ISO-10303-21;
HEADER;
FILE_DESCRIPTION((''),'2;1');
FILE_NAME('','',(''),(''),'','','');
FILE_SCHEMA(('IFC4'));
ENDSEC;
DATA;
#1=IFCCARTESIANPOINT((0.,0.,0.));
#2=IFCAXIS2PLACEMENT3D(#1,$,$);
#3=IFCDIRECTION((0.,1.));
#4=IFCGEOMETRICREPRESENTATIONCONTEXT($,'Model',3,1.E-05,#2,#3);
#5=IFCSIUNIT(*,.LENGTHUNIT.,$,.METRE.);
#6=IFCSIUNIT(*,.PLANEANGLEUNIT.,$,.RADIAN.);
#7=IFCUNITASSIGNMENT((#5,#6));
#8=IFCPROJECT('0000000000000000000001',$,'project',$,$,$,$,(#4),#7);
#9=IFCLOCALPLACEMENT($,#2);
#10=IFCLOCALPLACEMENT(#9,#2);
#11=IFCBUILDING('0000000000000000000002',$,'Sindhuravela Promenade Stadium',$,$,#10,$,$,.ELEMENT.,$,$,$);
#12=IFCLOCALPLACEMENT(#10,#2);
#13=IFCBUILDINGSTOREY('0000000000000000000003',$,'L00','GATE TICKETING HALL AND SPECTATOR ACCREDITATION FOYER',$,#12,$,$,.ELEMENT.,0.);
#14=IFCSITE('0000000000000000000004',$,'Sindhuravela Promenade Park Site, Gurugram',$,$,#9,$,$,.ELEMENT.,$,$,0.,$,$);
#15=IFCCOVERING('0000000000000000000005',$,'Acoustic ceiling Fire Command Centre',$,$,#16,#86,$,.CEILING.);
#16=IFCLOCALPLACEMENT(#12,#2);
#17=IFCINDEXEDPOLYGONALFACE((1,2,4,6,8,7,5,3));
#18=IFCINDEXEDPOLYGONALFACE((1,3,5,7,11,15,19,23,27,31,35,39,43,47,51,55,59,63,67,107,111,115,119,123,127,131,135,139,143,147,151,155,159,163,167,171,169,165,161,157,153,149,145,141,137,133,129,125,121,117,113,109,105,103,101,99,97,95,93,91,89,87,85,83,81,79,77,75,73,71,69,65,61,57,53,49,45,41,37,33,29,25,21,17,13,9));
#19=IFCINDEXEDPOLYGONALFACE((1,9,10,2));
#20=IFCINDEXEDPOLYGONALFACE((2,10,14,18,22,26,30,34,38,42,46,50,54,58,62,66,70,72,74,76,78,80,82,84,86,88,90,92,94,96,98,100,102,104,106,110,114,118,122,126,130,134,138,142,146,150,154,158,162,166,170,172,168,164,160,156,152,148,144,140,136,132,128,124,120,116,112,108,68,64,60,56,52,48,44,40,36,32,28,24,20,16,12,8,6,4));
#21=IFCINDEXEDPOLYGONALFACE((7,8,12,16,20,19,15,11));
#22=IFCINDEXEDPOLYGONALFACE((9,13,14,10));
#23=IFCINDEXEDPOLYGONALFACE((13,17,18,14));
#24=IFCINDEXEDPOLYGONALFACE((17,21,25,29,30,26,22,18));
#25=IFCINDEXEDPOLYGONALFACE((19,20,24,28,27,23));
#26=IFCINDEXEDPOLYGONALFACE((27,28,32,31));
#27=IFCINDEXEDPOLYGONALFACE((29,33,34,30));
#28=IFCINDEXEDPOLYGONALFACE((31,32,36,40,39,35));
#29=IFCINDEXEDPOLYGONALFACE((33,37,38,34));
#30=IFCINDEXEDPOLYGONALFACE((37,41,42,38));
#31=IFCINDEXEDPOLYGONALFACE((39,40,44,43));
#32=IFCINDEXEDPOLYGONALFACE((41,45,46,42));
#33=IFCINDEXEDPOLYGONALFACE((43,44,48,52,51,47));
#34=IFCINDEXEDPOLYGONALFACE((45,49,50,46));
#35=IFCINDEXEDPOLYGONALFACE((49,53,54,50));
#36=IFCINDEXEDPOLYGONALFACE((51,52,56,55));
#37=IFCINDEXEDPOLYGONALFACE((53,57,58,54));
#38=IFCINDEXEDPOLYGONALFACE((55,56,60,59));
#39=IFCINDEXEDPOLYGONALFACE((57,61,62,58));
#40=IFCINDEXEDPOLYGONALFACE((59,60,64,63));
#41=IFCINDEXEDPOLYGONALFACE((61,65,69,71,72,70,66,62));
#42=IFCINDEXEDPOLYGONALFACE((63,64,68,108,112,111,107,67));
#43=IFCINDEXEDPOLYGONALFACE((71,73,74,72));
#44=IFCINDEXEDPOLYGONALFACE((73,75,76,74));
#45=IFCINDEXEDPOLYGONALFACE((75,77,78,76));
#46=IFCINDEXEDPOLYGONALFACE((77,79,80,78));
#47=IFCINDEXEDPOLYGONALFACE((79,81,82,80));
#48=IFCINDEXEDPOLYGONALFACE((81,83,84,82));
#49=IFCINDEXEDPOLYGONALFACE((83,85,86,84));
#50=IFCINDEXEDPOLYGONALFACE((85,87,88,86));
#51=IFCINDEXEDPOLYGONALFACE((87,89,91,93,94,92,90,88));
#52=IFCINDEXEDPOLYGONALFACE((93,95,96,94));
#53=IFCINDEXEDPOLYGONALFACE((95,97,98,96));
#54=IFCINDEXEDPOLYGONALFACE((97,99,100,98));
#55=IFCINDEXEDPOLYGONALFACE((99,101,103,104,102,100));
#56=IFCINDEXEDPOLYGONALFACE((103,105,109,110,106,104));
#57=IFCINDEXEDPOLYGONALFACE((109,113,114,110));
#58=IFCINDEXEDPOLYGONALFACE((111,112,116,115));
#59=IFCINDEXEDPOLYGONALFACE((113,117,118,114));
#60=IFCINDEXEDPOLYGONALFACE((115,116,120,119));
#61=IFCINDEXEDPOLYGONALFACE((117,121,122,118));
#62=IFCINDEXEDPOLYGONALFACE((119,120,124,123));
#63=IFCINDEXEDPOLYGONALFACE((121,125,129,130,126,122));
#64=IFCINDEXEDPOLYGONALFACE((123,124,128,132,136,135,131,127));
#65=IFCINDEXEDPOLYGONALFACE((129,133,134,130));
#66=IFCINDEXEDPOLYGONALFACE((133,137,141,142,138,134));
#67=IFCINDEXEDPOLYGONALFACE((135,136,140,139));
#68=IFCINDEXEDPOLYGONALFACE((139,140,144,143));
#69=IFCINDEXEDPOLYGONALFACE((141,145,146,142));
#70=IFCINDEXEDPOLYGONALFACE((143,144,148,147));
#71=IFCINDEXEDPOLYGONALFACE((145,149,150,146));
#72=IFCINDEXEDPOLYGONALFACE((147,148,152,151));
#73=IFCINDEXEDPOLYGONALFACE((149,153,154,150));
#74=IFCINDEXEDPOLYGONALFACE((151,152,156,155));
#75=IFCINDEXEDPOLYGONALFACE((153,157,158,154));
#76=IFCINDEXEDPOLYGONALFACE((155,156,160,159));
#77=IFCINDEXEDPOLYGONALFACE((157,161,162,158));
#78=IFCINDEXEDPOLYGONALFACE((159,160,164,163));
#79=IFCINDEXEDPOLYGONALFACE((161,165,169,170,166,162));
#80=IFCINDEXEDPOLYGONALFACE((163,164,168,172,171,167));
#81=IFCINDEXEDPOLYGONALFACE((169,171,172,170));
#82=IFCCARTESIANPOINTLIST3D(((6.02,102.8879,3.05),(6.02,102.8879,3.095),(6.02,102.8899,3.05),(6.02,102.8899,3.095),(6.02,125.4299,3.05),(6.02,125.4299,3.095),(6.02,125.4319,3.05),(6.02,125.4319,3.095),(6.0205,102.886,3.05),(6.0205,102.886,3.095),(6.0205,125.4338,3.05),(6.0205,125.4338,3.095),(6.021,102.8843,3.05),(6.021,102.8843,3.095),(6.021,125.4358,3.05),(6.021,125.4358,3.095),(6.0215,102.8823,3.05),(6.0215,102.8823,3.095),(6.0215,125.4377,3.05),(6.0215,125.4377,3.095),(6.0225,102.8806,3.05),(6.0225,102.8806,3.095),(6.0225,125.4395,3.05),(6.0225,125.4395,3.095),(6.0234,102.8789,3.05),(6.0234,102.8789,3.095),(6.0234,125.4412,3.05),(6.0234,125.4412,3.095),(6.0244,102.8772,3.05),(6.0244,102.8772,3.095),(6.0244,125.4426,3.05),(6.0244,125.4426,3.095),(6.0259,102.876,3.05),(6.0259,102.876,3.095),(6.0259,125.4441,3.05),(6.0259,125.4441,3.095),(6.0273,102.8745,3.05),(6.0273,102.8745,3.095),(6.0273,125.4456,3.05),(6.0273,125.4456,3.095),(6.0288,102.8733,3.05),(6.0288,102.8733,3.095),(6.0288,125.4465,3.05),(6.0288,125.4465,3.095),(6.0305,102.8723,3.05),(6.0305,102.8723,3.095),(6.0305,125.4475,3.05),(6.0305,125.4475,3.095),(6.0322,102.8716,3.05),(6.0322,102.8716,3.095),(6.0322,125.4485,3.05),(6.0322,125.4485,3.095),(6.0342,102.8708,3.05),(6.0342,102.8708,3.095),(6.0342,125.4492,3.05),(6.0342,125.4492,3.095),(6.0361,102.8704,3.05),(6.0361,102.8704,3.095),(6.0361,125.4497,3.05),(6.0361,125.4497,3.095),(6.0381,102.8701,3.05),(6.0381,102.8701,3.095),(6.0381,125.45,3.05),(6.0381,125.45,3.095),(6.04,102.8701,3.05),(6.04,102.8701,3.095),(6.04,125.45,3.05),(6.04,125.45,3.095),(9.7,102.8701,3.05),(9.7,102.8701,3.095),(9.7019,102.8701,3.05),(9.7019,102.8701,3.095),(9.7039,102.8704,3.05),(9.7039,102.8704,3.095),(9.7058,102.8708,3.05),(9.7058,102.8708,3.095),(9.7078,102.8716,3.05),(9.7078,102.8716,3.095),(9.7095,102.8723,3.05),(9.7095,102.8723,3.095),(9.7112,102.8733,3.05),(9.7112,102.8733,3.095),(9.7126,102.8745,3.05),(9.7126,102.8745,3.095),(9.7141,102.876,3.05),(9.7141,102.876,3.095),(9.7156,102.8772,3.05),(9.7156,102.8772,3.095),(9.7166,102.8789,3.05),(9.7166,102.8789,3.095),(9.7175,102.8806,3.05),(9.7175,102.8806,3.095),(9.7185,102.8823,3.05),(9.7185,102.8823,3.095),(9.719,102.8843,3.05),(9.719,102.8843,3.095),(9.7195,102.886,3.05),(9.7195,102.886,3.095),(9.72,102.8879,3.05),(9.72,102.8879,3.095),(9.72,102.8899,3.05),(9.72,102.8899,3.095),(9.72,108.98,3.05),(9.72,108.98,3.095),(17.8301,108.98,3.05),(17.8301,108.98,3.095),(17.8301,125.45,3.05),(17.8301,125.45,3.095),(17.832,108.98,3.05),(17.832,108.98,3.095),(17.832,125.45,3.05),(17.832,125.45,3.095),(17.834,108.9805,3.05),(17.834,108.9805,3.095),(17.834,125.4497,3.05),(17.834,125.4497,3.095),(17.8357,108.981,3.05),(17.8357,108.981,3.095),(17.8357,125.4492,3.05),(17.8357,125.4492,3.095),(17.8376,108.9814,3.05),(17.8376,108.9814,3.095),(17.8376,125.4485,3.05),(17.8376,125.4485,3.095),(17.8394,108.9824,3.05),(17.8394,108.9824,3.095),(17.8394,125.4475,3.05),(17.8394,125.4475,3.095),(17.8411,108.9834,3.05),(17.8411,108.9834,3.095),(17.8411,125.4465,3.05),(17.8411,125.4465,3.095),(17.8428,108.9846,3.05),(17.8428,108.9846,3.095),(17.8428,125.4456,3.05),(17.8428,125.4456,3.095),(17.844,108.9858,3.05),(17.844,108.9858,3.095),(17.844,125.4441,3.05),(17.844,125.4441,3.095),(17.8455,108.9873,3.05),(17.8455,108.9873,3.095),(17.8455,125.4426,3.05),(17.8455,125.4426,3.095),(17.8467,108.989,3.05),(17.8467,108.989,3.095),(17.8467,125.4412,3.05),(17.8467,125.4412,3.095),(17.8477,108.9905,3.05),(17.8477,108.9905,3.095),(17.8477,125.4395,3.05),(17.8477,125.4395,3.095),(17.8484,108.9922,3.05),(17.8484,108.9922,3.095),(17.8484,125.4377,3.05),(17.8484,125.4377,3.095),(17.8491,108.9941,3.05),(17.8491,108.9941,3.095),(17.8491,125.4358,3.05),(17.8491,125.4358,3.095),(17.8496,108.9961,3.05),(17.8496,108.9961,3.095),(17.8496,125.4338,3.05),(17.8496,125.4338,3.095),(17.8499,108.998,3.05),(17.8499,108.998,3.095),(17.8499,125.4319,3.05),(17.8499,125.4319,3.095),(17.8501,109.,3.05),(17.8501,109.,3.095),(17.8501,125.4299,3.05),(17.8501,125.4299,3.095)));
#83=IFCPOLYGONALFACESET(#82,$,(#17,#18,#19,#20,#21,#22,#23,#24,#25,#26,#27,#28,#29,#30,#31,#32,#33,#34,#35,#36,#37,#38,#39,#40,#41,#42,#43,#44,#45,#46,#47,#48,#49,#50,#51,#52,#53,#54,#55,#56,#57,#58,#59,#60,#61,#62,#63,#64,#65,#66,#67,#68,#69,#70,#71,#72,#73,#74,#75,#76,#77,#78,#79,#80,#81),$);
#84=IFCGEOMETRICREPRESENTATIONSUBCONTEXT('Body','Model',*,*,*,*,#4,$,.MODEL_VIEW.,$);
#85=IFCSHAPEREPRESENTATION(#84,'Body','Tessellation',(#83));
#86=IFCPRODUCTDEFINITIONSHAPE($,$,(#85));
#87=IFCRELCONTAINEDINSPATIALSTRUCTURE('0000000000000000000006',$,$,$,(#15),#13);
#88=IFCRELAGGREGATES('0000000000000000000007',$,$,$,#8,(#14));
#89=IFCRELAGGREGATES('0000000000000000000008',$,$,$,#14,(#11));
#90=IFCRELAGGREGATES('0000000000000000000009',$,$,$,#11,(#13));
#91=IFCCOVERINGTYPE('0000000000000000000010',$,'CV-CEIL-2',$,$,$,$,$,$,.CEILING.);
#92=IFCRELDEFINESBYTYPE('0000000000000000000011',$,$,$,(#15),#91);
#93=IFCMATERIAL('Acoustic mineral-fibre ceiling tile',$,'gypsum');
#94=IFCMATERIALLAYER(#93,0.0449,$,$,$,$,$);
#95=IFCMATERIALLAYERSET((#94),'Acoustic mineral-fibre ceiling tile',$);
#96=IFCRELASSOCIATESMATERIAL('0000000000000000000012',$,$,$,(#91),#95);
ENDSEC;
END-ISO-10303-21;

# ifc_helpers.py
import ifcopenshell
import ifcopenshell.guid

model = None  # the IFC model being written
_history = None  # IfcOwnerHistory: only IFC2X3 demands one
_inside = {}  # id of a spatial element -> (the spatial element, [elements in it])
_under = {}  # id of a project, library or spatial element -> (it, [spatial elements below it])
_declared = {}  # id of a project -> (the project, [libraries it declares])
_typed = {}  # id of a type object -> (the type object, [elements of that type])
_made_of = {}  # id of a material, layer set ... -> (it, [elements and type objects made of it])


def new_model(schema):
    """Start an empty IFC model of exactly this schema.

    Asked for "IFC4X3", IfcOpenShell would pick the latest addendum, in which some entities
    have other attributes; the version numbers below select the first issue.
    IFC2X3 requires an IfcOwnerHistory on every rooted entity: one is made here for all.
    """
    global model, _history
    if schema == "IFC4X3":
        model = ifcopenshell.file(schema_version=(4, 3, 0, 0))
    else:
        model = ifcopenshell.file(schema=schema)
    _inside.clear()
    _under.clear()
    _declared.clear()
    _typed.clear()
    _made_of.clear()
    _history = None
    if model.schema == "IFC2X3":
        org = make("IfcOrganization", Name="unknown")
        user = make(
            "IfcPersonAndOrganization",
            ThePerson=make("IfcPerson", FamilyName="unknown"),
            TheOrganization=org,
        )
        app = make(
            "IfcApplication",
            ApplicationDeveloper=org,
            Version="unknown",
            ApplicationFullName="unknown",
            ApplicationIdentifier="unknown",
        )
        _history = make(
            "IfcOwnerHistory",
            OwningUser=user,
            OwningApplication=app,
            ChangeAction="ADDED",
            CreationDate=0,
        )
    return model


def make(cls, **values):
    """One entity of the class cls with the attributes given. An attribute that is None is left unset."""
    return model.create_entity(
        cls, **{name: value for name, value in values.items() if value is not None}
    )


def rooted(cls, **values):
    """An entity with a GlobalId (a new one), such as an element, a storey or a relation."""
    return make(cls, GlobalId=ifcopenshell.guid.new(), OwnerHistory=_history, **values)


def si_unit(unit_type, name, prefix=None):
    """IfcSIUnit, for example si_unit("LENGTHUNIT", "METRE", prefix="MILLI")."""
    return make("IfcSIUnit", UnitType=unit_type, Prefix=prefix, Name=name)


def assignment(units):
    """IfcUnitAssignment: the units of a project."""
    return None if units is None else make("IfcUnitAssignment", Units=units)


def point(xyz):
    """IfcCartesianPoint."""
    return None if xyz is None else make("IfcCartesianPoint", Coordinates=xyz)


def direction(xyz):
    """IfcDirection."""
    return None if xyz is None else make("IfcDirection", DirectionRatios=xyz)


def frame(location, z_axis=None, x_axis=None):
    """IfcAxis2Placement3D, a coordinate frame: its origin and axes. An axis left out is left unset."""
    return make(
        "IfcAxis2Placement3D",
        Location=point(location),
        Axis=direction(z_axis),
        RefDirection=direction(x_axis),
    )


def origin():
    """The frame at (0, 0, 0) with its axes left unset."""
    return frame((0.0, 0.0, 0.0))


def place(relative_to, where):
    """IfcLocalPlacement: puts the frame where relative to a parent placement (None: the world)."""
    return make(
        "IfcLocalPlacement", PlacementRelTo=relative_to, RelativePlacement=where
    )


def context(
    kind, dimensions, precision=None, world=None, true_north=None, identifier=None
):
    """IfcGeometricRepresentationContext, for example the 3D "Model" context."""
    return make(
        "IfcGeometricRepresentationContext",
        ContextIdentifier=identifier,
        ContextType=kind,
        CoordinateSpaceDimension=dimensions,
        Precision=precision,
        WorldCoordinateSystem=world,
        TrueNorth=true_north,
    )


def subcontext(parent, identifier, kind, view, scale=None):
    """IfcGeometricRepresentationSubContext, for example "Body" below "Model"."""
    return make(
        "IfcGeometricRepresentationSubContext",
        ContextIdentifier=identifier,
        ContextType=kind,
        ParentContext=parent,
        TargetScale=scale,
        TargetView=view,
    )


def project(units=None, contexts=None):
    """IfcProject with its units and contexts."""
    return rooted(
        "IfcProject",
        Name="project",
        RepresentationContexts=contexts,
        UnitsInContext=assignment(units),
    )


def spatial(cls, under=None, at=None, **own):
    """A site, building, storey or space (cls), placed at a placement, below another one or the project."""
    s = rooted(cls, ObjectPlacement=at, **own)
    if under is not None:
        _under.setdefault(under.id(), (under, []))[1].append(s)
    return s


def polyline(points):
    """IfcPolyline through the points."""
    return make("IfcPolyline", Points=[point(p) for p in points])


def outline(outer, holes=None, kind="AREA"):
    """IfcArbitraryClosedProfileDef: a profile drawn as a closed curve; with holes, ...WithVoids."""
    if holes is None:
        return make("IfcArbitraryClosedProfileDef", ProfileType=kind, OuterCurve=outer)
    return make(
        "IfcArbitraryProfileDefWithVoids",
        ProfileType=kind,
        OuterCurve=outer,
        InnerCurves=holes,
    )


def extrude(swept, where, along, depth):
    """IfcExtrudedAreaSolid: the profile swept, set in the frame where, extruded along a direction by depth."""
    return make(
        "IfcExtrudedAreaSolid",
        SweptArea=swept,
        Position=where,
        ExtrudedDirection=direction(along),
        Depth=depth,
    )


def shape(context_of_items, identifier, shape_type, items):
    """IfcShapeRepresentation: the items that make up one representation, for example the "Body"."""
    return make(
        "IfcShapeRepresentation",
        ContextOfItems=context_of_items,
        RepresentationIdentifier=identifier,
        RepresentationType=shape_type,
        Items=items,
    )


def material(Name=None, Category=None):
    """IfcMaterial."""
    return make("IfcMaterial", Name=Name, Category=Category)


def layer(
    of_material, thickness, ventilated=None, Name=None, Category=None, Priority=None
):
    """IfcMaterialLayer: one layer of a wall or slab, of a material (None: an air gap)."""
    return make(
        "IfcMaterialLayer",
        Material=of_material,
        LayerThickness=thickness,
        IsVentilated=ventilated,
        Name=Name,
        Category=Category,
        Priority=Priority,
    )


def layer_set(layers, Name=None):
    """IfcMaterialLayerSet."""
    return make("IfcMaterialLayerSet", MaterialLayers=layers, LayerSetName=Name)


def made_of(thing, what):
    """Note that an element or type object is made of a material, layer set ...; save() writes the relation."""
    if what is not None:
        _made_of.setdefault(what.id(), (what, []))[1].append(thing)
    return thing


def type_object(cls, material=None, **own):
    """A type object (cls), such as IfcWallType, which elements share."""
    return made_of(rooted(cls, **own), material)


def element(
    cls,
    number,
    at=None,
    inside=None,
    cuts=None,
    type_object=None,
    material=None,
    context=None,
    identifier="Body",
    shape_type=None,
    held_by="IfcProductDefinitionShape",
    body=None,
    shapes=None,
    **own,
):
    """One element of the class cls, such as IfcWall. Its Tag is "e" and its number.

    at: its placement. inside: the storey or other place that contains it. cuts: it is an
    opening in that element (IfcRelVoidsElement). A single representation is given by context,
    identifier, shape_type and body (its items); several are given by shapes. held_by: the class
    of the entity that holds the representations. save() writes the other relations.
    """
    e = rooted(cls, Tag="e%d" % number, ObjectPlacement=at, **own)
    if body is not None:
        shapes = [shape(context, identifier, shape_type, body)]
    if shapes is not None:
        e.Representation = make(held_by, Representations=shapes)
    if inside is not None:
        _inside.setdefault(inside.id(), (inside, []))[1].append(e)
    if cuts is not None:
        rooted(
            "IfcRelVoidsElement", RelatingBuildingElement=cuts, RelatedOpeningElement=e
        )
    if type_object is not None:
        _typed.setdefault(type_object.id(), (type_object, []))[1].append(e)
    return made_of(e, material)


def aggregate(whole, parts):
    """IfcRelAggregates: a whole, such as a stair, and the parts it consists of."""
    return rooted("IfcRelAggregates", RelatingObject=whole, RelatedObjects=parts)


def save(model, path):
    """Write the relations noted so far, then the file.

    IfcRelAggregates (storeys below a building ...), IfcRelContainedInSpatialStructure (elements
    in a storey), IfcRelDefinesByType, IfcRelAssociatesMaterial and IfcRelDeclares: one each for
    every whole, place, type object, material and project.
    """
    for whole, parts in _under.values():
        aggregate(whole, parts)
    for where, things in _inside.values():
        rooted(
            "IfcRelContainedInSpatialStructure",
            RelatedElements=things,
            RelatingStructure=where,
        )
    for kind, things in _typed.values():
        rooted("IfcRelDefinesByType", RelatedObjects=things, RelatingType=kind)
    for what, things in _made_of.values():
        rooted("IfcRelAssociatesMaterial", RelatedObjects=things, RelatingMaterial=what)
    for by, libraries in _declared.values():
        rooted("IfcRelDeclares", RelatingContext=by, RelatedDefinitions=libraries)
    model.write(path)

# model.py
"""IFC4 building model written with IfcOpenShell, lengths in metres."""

from ifc_helpers import new_model, si_unit, direction, frame, origin, place, context, subcontext, project, spatial, polyline, outline, extrude, material, layer, layer_set, type_object, element, save


model = new_model("IFC4")

# Units and contexts
model_context = context("Model", 3, precision=1e-05, world=origin(), true_north=direction((0.0, 1.0)))
body_context = subcontext(model_context, "Body", "Model", "MODEL_VIEW")
ifc_project = project(units=[si_unit("LENGTHUNIT", "METRE"), si_unit("PLANEANGLEUNIT", "RADIAN")], contexts=[model_context])

# Site, building, storey
site_placement = place(None, origin())
site = spatial("IfcSite", under=ifc_project, at=site_placement, Name="Sindhuravela Promenade Park Site, Gurugram", CompositionType="ELEMENT", RefElevation=0.0)
building_placement = place(site_placement, origin())
building = spatial("IfcBuilding", under=site, at=building_placement, Name="Sindhuravela Promenade Stadium", CompositionType="ELEMENT")
storey_placement = place(building_placement, origin())
storey = spatial("IfcBuildingStorey", under=building, at=storey_placement, Name="L00", Description="GATE TICKETING HALL AND SPECTATOR ACCREDITATION FOYER", CompositionType="ELEMENT", Elevation=0.0)

# Covering
ifc_material_1 = material(Name="Acoustic mineral-fibre ceiling tile", Category="gypsum")
ifc_layer_1 = layer(ifc_material_1, 0.0449)
ifc_layer_set_1 = layer_set([ifc_layer_1], Name="Acoustic mineral-fibre ceiling tile")
covering_type_1 = type_object("IfcCoveringType", Name="CV-CEIL-2", PredefinedType="CEILING", material=ifc_layer_set_1)
covering_1_placement = place(storey_placement, frame((0.0, 0.0, 3.05)))
element("IfcCovering", 1, at=covering_1_placement, inside=storey, type_object=covering_type_1, Name="Acoustic ceiling Fire Command Centre", PredefinedType="CEILING", context=body_context, shape_type="SweptSolid", body=[
    extrude(outline(polyline([(9.72, 108.98), (9.72, 102.8899), (9.72, 102.8879), (9.7195, 102.886), (9.719, 102.8843), (9.7185, 102.8823), (9.7175, 102.8806), (9.7166, 102.8789), (9.7156, 102.8772), (9.7141, 102.876), (9.7126, 102.8745), (9.7112, 102.8733), (9.7095, 102.8723), (9.7078, 102.8716), (9.7058, 102.8708), (9.7039, 102.8704), (9.7019, 102.8701), (9.7, 102.8701), (6.04, 102.8701), (6.0381, 102.8701), (6.0361, 102.8704), (6.0342, 102.8708), (6.0322, 102.8716), (6.0305, 102.8723), (6.0288, 102.8733), (6.0273, 102.8745), (6.0259, 102.876), (6.0244, 102.8772), (6.0234, 102.8789), (6.0225, 102.8806), (6.0215, 102.8823), (6.021, 102.8843), (6.0205, 102.886), (6.02, 102.8879), (6.02, 102.8899), (6.02, 125.4299), (6.02, 125.4319), (6.0205, 125.4338), (6.021, 125.4358), (6.0215, 125.4377), (6.0225, 125.4395), (6.0234, 125.4412), (6.0244, 125.4426), (6.0259, 125.4441), (6.0273, 125.4456), (6.0288, 125.4465), (6.0305, 125.4475), (6.0322, 125.4485), (6.0342, 125.4492), (6.0361, 125.4497), (6.0381, 125.45), (6.04, 125.45), (17.8301, 125.45), (17.832, 125.45), (17.834, 125.4497), (17.8357, 125.4492), (17.8376, 125.4485), (17.8394, 125.4475), (17.8411, 125.4465), (17.8428, 125.4456), (17.844, 125.4441), (17.8455, 125.4426), (17.8467, 125.4412), (17.8477, 125.4395), (17.8484, 125.4377), (17.8491, 125.4358), (17.8496, 125.4338), (17.8499, 125.4319), (17.8501, 125.4299), (17.8501, 109.0), (17.8499, 108.998), (17.8496, 108.9961), (17.8491, 108.9941), (17.8484, 108.9922), (17.8477, 108.9905), (17.8467, 108.989), (17.8455, 108.9873), (17.844, 108.9858), (17.8428, 108.9846), (17.8411, 108.9834), (17.8394, 108.9824), (17.8376, 108.9814), (17.8357, 108.981), (17.834, 108.9805), (17.832, 108.98), (17.8301, 108.98), (9.72, 108.98)])), origin(), (0.0, 0.0, 1.0), 0.0449),
])

save(model, "model.ifc")
